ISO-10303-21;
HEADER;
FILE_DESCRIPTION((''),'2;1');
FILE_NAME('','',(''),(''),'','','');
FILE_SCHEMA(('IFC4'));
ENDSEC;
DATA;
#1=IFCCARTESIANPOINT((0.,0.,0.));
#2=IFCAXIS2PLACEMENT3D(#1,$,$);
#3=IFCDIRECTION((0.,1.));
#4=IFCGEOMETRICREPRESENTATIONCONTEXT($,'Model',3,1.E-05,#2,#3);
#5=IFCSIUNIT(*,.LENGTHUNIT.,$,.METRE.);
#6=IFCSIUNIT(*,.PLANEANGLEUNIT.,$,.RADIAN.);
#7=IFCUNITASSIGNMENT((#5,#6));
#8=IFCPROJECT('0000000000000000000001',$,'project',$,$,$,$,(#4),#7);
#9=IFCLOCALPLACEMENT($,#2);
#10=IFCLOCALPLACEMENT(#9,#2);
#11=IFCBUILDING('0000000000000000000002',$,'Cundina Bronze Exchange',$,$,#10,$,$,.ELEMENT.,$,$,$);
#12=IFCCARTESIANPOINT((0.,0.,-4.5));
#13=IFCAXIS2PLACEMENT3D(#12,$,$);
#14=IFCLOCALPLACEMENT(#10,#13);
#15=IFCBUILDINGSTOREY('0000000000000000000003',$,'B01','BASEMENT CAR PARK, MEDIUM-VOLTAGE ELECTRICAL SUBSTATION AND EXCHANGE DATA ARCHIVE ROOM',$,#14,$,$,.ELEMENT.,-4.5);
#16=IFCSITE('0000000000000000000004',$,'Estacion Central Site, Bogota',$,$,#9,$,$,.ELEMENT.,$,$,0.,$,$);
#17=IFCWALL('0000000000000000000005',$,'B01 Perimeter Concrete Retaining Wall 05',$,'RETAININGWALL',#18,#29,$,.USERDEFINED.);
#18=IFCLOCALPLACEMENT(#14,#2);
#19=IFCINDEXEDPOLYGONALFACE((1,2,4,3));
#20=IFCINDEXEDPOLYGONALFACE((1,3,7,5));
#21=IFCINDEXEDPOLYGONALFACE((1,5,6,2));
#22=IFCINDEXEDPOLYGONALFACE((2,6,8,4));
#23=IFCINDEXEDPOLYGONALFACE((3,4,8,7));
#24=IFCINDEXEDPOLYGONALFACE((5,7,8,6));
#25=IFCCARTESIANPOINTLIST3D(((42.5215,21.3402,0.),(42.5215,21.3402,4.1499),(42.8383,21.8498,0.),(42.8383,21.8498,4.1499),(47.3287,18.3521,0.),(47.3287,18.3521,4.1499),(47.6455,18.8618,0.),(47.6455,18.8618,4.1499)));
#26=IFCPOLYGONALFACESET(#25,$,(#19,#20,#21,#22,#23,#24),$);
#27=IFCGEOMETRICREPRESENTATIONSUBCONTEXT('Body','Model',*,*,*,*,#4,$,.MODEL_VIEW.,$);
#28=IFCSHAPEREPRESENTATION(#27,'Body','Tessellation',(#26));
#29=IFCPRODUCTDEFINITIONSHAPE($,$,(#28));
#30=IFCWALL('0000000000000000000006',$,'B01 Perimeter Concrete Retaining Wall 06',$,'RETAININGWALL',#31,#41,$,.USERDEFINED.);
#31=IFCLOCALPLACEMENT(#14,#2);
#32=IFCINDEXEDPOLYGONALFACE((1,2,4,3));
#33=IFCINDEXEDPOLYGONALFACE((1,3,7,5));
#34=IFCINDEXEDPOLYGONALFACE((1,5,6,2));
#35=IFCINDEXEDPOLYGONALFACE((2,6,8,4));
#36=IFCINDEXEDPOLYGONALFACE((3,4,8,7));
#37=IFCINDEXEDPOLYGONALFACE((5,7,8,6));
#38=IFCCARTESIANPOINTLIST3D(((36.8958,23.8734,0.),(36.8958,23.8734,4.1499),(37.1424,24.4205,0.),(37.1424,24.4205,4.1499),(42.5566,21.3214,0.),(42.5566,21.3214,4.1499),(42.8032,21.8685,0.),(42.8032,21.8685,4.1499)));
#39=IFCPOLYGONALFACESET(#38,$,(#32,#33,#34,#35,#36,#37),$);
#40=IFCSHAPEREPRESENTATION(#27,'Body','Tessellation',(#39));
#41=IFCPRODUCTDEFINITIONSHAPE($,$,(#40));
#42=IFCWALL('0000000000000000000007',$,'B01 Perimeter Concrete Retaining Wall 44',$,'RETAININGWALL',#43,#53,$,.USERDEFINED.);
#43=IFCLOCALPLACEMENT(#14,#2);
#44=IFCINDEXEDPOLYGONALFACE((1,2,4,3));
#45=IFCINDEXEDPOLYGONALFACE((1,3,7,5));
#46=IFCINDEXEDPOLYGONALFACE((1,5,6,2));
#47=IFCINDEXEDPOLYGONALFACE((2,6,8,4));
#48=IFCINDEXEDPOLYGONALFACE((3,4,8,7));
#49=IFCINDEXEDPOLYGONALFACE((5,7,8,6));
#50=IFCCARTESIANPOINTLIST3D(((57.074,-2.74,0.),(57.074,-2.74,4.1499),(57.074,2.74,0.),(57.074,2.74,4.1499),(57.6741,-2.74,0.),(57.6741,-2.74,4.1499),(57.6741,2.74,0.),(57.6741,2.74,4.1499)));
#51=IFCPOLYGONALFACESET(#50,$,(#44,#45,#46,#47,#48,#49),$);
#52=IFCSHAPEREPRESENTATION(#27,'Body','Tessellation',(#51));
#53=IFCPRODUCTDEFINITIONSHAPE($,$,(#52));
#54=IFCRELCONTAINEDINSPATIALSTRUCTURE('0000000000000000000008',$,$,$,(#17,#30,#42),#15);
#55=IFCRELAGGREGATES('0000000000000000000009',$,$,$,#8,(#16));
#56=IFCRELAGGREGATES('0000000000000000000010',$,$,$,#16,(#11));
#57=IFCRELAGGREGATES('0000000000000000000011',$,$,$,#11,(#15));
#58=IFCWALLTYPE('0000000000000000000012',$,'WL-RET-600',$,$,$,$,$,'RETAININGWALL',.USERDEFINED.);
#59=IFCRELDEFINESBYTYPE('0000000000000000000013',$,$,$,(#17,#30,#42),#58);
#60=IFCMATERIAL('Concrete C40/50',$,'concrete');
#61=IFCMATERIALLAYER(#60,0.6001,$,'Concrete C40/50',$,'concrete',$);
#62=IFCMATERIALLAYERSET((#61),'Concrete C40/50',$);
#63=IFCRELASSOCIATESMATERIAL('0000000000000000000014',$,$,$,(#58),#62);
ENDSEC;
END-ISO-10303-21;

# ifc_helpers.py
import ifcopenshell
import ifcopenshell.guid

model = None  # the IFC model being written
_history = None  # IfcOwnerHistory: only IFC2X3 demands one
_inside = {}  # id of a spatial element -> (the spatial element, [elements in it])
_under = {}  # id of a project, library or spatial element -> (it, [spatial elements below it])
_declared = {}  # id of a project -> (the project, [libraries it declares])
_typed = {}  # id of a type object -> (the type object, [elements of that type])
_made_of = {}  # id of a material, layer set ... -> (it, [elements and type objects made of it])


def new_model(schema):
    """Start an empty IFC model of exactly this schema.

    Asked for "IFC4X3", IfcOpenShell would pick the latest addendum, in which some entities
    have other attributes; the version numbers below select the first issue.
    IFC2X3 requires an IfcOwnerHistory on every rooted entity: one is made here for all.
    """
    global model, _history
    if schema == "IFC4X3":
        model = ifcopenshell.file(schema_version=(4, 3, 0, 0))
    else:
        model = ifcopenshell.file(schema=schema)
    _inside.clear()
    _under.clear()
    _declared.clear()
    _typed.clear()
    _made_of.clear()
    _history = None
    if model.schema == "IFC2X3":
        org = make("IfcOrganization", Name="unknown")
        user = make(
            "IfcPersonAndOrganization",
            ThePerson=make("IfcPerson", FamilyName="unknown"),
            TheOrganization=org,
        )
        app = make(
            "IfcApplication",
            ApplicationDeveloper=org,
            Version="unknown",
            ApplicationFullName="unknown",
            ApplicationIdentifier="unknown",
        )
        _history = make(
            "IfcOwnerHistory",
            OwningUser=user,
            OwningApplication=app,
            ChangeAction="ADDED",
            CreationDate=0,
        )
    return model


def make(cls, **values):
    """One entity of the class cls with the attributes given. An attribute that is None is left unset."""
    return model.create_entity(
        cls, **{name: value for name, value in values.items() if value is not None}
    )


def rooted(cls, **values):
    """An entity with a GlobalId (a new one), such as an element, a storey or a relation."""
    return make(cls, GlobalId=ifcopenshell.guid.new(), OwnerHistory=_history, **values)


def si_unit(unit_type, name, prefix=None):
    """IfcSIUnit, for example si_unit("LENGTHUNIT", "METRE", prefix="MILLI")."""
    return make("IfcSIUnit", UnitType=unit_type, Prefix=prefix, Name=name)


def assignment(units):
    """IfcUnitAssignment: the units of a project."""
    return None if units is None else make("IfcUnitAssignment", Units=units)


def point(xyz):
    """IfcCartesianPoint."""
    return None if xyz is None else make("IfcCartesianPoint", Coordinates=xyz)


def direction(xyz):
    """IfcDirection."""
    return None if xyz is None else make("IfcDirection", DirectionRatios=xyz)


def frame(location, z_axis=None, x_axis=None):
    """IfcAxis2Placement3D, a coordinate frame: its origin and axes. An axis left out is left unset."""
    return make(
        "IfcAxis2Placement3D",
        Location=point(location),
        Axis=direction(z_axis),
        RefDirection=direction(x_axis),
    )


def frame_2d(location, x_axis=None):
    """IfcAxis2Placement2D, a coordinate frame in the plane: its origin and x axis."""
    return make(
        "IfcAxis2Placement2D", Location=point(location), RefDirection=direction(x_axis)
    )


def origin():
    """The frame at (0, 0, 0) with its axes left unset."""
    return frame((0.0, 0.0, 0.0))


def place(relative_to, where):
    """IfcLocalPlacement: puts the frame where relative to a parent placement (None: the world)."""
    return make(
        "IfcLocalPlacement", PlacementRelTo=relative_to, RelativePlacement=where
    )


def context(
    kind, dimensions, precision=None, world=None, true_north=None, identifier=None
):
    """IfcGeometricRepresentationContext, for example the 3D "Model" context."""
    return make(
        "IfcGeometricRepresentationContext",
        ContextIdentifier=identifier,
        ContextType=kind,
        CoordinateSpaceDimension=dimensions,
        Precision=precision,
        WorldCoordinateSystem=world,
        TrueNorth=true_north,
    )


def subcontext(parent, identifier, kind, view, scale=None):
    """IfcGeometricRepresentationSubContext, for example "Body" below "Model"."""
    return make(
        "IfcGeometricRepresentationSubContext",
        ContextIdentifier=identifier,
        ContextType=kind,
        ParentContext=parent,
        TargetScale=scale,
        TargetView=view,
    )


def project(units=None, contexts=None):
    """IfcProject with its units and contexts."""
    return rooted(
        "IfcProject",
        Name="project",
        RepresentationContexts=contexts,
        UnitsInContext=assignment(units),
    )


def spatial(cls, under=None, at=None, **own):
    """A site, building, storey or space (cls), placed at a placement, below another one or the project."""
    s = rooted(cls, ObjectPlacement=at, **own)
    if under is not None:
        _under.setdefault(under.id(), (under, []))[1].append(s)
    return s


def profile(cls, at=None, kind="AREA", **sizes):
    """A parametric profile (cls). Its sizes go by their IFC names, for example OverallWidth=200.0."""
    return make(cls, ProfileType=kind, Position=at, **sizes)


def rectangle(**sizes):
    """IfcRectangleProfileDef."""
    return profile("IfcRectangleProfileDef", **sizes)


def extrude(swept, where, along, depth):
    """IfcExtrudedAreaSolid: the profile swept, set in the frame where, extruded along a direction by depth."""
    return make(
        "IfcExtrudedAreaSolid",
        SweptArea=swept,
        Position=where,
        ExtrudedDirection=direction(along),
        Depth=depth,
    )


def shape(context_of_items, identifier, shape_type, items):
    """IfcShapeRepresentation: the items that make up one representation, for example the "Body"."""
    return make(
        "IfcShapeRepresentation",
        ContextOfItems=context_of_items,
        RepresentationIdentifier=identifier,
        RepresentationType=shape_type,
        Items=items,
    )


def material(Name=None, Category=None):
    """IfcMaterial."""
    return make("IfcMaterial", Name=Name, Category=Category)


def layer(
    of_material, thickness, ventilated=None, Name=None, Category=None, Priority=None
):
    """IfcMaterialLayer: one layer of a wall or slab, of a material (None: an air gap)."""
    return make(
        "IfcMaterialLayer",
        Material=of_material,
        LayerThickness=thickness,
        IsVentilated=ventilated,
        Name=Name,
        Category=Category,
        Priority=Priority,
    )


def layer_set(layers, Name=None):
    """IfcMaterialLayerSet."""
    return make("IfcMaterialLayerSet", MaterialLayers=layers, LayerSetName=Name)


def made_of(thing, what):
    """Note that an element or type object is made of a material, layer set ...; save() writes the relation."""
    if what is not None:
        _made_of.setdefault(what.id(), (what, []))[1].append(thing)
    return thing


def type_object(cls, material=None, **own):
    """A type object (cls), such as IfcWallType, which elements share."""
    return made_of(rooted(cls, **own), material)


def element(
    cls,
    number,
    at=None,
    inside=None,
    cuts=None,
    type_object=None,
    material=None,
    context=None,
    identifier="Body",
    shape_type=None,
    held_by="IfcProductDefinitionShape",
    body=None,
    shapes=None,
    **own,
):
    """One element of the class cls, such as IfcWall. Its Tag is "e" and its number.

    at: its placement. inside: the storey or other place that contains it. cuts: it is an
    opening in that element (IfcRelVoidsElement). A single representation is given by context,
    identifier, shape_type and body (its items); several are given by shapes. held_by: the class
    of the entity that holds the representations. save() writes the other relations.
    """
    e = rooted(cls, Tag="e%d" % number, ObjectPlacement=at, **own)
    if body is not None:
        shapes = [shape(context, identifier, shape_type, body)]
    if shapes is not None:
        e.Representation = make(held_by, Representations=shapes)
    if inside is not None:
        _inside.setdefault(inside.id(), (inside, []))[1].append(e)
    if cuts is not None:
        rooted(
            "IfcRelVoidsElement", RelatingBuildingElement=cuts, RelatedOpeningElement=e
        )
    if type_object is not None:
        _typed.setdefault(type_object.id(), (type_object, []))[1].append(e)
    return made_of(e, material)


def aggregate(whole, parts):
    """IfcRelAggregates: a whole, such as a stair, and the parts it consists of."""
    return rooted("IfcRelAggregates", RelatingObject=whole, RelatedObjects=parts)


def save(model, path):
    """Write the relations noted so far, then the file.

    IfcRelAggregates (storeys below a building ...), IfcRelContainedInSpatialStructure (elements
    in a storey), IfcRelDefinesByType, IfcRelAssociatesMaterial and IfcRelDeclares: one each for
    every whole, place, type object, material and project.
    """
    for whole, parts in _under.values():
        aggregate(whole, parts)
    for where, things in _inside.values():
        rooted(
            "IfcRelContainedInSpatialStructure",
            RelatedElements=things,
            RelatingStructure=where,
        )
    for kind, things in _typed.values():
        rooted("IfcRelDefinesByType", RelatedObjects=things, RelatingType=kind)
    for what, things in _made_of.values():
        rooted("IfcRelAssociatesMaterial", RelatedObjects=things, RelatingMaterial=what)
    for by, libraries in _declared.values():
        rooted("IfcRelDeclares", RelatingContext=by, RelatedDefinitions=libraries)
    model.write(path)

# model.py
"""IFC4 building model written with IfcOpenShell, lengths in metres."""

from ifc_helpers import new_model, si_unit, direction, frame, frame_2d, origin, place, context, subcontext, project, spatial, rectangle, extrude, material, layer, layer_set, type_object, element, save


model = new_model("IFC4")

# Units and contexts
model_context = context("Model", 3, precision=1e-05, world=origin(), true_north=direction((0.0, 1.0)))
body_context = subcontext(model_context, "Body", "Model", "MODEL_VIEW")
ifc_project = project(units=[si_unit("LENGTHUNIT", "METRE"), si_unit("PLANEANGLEUNIT", "RADIAN")], contexts=[model_context])

# Site, building, storey
site_placement = place(None, origin())
site = spatial("IfcSite", under=ifc_project, at=site_placement, Name="Estacion Central Site, Bogota", CompositionType="ELEMENT", RefElevation=0.0)
building_placement = place(site_placement, origin())
building = spatial("IfcBuilding", under=site, at=building_placement, Name="Cundina Bronze Exchange", CompositionType="ELEMENT")
storey_placement = place(building_placement, frame((0.0, 0.0, -4.5)))
storey = spatial("IfcBuildingStorey", under=building, at=storey_placement, Name="B01", Description="BASEMENT CAR PARK, MEDIUM-VOLTAGE ELECTRICAL SUBSTATION AND EXCHANGE DATA ARCHIVE ROOM", CompositionType="ELEMENT", Elevation=-4.5)

# Walls
ifc_material_1 = material(Name="Concrete C40/50", Category="concrete")
ifc_layer = layer(ifc_material_1, 0.6001, Name="Concrete C40/50", Category="concrete")
ifc_layer_set = layer_set([ifc_layer], Name="Concrete C40/50")
wall_type = type_object("IfcWallType", Name="WL-RET-600", ElementType="RETAININGWALL", PredefinedType="USERDEFINED", material=ifc_layer_set)
wall_1_placement = place(storey_placement, frame((47.4871, 18.6069, 0.0), z_axis=(0.0, 0.0, 1.0), x_axis=(-0.849299, 0.527911, 0.0)))
element("IfcWall", 1, at=wall_1_placement, inside=storey, type_object=wall_type, Name="B01 Perimeter Concrete Retaining Wall 05", ObjectType="RETAININGWALL", PredefinedType="USERDEFINED", context=body_context, shape_type="SweptSolid", body=[
    extrude(rectangle(XDim=5.6602, YDim=0.6001, at=frame_2d((2.8301, 0.0))), origin(), (0.0, 0.0, 1.0), 4.1499),
])
wall_2_placement = place(storey_placement, frame((42.6799, 21.595, 0.0), z_axis=(0.0, 0.0, 1.0), x_axis=(-0.911644, 0.410981, 0.0)))
element("IfcWall", 2, at=wall_2_placement, inside=storey, type_object=wall_type, Name="B01 Perimeter Concrete Retaining Wall 06", ObjectType="RETAININGWALL", PredefinedType="USERDEFINED", context=body_context, shape_type="SweptSolid", body=[
    extrude(rectangle(XDim=6.2095, YDim=0.6001, at=frame_2d((3.1047, 0.0))), origin(), (0.0, 0.0, 1.0), 4.1499),
])
wall_3_placement = place(storey_placement, frame((57.374, -2.74, 0.0), z_axis=(0.0, 0.0, 1.0), x_axis=(0.0, 1.0, 0.0)))
element("IfcWall", 3, at=wall_3_placement, inside=storey, type_object=wall_type, Name="B01 Perimeter Concrete Retaining Wall 44", ObjectType="RETAININGWALL", PredefinedType="USERDEFINED", context=body_context, shape_type="SweptSolid", body=[
    extrude(rectangle(XDim=5.48, YDim=0.6001, at=frame_2d((2.74, 0.0))), origin(), (0.0, 0.0, 1.0), 4.1499),
])

save(model, "model.ifc")
